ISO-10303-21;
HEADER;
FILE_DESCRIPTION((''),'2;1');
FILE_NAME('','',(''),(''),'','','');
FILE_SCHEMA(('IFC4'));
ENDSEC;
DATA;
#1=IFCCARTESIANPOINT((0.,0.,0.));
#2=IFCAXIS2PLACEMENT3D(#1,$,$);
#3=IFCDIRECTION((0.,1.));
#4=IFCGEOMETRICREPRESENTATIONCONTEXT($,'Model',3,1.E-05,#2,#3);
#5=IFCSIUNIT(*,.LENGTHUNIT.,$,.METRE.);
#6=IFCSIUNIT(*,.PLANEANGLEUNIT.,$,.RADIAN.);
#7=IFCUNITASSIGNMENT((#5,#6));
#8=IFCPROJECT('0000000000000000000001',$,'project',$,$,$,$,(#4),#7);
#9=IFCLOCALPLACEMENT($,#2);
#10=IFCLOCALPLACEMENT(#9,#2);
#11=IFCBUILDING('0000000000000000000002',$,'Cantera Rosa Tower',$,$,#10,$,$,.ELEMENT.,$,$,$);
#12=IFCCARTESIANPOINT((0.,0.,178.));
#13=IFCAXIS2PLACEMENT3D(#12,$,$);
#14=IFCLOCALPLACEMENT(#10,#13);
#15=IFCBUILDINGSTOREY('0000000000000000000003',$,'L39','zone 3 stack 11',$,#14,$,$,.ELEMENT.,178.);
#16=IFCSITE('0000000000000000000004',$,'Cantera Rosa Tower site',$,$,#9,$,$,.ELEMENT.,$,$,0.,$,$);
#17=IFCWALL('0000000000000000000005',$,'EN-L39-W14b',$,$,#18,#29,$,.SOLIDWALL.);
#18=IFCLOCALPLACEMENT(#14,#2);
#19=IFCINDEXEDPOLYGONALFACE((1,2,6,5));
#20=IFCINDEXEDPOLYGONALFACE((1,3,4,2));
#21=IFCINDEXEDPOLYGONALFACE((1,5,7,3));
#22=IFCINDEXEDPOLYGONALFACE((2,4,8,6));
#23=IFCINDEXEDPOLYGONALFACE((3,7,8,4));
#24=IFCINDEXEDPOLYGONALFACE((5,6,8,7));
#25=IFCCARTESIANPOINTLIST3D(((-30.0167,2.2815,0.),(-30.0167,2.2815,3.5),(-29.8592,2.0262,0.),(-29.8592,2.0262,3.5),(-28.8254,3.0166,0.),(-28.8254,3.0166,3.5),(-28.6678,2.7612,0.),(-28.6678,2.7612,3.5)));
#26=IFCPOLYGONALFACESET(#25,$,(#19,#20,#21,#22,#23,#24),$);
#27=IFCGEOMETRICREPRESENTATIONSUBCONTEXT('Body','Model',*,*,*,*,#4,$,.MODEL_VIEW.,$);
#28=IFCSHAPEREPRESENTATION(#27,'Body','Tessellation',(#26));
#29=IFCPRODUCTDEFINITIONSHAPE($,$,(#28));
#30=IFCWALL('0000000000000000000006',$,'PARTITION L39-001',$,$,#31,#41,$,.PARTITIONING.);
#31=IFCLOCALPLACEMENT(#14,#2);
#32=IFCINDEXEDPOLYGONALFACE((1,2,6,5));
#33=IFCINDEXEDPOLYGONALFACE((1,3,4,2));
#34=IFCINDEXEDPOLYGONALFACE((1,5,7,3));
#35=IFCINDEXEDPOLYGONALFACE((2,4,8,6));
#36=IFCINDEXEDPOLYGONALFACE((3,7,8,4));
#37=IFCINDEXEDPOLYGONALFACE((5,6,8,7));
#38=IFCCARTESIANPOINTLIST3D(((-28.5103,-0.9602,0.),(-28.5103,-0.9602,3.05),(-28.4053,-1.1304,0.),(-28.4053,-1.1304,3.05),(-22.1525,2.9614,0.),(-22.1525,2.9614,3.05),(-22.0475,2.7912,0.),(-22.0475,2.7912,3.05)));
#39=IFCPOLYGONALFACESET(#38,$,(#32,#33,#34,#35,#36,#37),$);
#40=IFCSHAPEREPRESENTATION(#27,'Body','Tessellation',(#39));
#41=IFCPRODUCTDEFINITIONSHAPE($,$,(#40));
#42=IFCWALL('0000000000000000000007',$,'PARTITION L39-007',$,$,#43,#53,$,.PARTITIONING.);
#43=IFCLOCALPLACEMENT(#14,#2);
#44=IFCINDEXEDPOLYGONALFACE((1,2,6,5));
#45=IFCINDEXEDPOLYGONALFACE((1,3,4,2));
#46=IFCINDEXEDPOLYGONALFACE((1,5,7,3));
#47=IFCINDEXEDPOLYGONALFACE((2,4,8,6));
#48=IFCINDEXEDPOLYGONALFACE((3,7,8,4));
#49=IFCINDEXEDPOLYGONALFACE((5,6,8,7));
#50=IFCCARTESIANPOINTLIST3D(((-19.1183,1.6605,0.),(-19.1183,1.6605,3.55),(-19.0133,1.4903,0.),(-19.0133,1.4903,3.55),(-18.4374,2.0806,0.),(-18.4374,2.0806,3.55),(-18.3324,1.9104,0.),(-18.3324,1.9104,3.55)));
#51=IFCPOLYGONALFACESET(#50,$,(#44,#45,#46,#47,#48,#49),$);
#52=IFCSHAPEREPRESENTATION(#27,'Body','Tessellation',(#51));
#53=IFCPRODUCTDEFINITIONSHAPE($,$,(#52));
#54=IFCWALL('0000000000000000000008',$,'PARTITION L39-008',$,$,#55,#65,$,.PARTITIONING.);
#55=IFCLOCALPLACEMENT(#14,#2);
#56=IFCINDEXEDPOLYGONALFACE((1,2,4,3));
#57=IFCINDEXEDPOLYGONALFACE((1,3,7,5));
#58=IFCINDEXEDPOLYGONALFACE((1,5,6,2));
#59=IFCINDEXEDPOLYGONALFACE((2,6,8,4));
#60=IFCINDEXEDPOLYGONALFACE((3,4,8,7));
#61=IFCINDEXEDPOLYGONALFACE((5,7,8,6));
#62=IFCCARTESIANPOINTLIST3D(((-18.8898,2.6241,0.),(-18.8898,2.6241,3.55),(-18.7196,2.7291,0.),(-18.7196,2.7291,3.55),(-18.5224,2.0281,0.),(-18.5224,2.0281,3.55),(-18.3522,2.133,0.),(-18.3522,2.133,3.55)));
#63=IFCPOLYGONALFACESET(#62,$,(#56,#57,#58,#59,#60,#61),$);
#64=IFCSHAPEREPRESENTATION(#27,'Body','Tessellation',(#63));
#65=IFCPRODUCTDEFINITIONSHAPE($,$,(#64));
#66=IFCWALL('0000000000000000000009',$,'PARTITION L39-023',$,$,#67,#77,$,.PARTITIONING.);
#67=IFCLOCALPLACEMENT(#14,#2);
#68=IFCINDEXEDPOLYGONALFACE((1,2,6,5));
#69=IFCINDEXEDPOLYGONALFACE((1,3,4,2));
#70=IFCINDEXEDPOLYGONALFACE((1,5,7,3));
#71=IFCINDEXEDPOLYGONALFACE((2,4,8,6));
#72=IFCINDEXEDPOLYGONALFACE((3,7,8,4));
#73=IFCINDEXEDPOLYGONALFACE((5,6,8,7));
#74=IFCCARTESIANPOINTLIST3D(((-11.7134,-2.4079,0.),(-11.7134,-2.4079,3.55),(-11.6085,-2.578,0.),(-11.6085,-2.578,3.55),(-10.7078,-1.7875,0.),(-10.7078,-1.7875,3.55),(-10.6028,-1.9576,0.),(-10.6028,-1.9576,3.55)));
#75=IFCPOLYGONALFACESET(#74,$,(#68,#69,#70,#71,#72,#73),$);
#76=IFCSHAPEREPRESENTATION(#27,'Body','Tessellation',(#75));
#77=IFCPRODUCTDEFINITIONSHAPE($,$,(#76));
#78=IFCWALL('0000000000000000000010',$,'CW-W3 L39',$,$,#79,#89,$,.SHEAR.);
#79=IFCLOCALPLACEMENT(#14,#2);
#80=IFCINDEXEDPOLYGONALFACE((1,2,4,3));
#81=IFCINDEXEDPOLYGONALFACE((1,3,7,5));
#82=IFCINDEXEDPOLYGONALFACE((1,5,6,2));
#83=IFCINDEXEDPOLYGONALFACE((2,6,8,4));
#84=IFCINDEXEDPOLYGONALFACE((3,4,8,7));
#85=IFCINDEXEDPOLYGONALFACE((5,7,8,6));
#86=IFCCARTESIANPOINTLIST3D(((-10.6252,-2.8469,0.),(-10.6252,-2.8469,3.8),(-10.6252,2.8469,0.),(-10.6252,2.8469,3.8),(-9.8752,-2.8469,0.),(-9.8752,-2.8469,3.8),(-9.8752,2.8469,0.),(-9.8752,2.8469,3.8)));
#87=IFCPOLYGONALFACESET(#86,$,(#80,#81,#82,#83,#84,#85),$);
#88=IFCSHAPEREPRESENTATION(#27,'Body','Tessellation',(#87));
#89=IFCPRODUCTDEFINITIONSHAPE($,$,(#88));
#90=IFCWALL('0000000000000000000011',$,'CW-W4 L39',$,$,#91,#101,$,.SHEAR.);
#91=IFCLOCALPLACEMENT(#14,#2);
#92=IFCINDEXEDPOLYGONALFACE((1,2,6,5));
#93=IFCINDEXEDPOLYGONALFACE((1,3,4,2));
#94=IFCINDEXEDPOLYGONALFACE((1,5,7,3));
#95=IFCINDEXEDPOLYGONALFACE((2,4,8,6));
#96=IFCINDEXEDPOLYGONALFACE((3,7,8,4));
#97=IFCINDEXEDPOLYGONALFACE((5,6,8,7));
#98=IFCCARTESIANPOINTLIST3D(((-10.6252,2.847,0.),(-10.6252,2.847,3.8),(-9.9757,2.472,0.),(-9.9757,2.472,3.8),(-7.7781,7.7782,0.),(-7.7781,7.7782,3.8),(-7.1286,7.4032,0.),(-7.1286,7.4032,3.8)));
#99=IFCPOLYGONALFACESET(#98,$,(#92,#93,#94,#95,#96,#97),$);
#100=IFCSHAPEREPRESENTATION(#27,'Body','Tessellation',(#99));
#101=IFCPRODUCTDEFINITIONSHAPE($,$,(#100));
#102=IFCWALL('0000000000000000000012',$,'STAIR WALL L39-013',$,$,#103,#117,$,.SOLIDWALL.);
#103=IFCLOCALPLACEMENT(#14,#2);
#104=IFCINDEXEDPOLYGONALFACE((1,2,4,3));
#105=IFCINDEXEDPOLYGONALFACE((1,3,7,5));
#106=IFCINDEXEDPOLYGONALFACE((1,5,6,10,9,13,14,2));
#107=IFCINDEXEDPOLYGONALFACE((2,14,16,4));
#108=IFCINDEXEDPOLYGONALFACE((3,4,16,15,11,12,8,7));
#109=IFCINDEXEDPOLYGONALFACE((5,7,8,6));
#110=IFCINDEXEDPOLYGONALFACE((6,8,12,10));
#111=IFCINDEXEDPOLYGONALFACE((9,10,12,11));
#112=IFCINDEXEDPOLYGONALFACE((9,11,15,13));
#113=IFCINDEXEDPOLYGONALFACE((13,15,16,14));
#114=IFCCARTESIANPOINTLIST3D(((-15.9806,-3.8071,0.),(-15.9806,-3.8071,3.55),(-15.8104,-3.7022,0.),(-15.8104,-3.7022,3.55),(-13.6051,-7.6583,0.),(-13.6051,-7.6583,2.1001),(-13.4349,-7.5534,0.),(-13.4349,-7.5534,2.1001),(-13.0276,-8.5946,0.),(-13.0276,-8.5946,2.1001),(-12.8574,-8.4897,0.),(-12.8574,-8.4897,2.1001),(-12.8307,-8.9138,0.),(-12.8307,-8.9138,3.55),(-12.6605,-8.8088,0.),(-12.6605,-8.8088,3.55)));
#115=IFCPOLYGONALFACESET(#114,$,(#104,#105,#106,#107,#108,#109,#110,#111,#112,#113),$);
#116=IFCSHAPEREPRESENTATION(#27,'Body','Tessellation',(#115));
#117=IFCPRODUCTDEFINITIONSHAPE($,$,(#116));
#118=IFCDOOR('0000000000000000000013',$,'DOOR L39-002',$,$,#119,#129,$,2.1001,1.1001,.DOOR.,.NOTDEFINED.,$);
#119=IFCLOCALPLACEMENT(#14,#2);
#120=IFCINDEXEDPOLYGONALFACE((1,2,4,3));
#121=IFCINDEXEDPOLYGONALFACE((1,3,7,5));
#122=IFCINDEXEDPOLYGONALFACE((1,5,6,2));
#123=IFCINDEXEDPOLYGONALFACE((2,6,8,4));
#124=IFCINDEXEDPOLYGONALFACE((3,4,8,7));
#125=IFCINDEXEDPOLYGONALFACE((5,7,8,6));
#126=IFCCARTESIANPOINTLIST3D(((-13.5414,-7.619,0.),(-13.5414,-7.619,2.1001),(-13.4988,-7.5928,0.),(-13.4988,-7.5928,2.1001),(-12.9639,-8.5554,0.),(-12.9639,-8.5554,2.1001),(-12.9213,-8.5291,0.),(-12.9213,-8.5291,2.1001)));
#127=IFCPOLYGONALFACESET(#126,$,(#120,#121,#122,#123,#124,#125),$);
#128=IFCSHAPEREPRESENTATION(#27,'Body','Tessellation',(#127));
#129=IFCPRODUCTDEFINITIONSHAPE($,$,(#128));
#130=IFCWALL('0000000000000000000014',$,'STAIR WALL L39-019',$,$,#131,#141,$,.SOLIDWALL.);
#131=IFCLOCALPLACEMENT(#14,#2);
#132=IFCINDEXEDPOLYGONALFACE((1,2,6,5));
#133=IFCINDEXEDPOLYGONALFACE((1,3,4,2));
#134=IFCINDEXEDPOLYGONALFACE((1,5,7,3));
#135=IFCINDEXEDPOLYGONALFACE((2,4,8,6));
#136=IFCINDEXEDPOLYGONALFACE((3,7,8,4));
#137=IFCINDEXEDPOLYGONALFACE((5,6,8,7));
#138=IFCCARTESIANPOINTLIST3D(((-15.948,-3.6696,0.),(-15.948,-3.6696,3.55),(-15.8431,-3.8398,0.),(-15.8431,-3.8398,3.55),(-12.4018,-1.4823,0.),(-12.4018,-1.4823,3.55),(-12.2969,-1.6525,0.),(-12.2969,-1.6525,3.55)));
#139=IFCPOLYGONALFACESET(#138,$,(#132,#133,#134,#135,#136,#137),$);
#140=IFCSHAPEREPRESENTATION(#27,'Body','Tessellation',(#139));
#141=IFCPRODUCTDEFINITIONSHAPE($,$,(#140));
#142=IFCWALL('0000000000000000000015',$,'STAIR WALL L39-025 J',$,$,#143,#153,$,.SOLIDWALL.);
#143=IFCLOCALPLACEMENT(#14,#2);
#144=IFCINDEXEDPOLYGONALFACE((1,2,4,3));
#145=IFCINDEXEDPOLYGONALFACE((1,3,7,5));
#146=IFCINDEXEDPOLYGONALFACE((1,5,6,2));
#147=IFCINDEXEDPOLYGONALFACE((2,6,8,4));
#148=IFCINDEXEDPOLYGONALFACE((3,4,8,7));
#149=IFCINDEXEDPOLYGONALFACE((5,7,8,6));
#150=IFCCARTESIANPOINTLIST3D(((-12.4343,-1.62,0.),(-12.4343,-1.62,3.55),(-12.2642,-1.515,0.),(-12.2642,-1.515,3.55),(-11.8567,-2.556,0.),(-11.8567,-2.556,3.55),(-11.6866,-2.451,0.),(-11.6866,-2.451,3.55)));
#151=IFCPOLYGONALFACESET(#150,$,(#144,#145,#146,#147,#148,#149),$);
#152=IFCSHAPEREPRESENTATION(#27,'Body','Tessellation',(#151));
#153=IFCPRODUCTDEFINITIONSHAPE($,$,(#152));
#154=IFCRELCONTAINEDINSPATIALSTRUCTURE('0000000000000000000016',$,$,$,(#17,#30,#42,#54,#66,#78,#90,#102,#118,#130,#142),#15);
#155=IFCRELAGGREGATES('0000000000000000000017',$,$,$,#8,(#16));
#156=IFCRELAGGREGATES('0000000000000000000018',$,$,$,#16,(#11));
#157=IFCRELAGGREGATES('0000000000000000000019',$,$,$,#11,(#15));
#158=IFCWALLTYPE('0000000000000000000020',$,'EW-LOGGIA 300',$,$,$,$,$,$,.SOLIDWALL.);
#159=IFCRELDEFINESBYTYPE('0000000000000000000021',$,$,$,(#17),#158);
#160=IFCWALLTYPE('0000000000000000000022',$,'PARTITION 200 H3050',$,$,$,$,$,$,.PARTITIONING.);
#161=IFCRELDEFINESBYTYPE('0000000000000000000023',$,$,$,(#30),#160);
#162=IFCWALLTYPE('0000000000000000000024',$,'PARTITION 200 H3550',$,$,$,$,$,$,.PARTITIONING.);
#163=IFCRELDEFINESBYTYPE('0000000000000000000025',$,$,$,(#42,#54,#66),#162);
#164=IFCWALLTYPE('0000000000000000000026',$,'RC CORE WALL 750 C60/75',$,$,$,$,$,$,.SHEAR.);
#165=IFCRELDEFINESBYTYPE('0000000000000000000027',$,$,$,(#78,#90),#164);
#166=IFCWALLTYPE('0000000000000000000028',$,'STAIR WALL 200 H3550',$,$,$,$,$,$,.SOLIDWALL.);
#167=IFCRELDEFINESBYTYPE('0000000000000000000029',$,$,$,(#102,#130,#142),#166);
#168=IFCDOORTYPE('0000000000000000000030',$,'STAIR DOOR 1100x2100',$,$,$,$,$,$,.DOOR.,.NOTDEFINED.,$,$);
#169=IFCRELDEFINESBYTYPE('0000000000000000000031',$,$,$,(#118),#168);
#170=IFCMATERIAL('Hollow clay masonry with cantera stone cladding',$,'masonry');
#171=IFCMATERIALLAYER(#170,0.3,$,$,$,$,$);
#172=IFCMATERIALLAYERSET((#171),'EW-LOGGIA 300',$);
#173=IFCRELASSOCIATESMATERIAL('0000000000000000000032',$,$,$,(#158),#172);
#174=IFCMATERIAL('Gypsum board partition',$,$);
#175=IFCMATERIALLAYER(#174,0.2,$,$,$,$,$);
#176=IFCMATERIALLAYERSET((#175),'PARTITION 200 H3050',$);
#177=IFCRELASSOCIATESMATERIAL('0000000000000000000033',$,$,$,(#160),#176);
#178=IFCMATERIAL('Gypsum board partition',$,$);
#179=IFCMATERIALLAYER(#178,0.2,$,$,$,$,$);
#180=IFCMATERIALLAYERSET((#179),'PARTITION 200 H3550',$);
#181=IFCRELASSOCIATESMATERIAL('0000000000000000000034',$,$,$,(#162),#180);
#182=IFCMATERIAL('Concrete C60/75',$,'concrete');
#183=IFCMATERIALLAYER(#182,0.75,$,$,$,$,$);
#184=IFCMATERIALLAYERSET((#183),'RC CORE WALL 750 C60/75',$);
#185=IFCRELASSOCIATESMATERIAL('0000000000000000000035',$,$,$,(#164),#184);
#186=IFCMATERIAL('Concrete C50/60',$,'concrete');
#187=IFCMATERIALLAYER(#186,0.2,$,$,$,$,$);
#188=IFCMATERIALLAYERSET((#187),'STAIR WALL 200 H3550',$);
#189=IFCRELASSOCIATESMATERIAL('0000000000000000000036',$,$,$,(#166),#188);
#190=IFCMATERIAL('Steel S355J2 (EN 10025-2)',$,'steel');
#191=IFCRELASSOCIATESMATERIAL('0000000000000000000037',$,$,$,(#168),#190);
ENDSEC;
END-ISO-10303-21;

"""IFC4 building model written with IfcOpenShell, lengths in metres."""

from ifc_helpers import new_model, si_unit, direction, frame, frame_2d, origin, place, context, subcontext, project, spatial, rectangle, extrude, material, layer, layer_set, type_object, element, fill, save


model = new_model("IFC4")

# Units and contexts
model_context = context("Model", 3, precision=1e-05, world=origin(), true_north=direction((0.0, 1.0)))
body_context = subcontext(model_context, "Body", "Model", "MODEL_VIEW")
ifc_project = project(units=[si_unit("LENGTHUNIT", "METRE"), si_unit("PLANEANGLEUNIT", "RADIAN")], contexts=[model_context])

# Site, building, storey
site_placement = place(None, origin())
site = spatial("IfcSite", under=ifc_project, at=site_placement, Name="Cantera Rosa Tower site", CompositionType="ELEMENT", RefElevation=0.0)
building_placement = place(site_placement, origin())
building = spatial("IfcBuilding", under=site, at=building_placement, Name="Cantera Rosa Tower", CompositionType="ELEMENT")
storey_placement = place(building_placement, frame((0.0, 0.0, 178.0)))
storey = spatial("IfcBuildingStorey", under=building, at=storey_placement, Name="L39", Description="zone 3 stack 11", CompositionType="ELEMENT", Elevation=178.0)

# Wall
ifc_material_1 = material(Name="Hollow clay masonry with cantera stone cladding", Category="masonry")
ifc_layer_1 = layer(ifc_material_1, 0.3)
ifc_layer_set_1 = layer_set([ifc_layer_1], Name="EW-LOGGIA 300")
wall_type_1 = type_object("IfcWallType", Name="EW-LOGGIA 300", PredefinedType="SOLIDWALL", material=ifc_layer_set_1)
wall_1_placement = place(storey_placement, frame((-28.7466, 2.8889, 0.0), z_axis=(0.0, 0.0, 1.0), x_axis=(-0.851041, -0.525099, 0.0)))
element("IfcWall", 1, at=wall_1_placement, inside=storey, type_object=wall_type_1, Name="EN-L39-W14b", PredefinedType="SOLIDWALL", context=body_context, shape_type="SweptSolid", body=[
    extrude(rectangle(XDim=1.3999, YDim=0.3, at=frame_2d((0.7, 0.0))), origin(), (0.0, 0.0, 1.0), 3.5),
])

# Walls
ifc_material_2 = material(Name="Gypsum board partition")
ifc_layer_2 = layer(ifc_material_2, 0.2)
ifc_layer_set_2 = layer_set([ifc_layer_2], Name="PARTITION 200 H3050")
wall_type_2 = type_object("IfcWallType", Name="PARTITION 200 H3050", PredefinedType="PARTITIONING", material=ifc_layer_set_2)
wall_2_placement = place(storey_placement, frame((-22.1001, 2.8762, 0.0), z_axis=(0.0, 0.0, 1.0), x_axis=(-0.851116, -0.524978, 0.0)))
element("IfcWall", 2, at=wall_2_placement, inside=storey, type_object=wall_type_2, Name="PARTITION L39-001", PredefinedType="PARTITIONING", context=body_context, shape_type="SweptSolid", body=[
    extrude(rectangle(XDim=7.47, YDim=0.2, at=frame_2d((3.7349, 0.0))), origin(), (0.0, 0.0, 1.0), 3.05),
])
ifc_material_3 = material(Name="Gypsum board partition")
ifc_layer_3 = layer(ifc_material_3, 0.2)
ifc_layer_set_3 = layer_set([ifc_layer_3], Name="PARTITION 200 H3550")
wall_type_3 = type_object("IfcWallType", Name="PARTITION 200 H3550", PredefinedType="PARTITIONING", material=ifc_layer_set_3)
wall_3_placement = place(storey_placement, frame((-19.0657, 1.5754, 0.0), z_axis=(0.0, 0.0, 1.0), x_axis=(0.851019, 0.525136, 0.0)))
element("IfcWall", 3, at=wall_3_placement, inside=storey, type_object=wall_type_3, Name="PARTITION L39-007", PredefinedType="PARTITIONING", context=body_context, shape_type="SweptSolid", body=[
    extrude(rectangle(XDim=0.8, YDim=0.2, at=frame_2d((0.3999, 0.0))), origin(), (0.0, 0.0, 1.0), 3.55),
])
wall_4_placement = place(storey_placement, frame((-18.4373, 2.0806, 0.0), z_axis=(0.0, 0.0, 1.0), x_axis=(-0.524817, 0.851215, 0.0)))
element("IfcWall", 4, at=wall_4_placement, inside=storey, type_object=wall_type_3, Name="PARTITION L39-008", PredefinedType="PARTITIONING", context=body_context, shape_type="SweptSolid", body=[
    extrude(rectangle(XDim=0.7002, YDim=0.2, at=frame_2d((0.3501, 0.0))), origin(), (0.0, 0.0, 1.0), 3.55),
])
wall_5_placement = place(storey_placement, frame((-10.6553, -1.8726, 0.0), z_axis=(0.0, 0.0, 1.0), x_axis=(-0.851083, -0.525031, 0.0)))
element("IfcWall", 5, at=wall_5_placement, inside=storey, type_object=wall_type_3, Name="PARTITION L39-023", PredefinedType="PARTITIONING", context=body_context, shape_type="SweptSolid", body=[
    extrude(rectangle(XDim=1.1816, YDim=0.2, at=frame_2d((0.5908, 0.0))), origin(), (0.0, 0.0, 1.0), 3.55),
])
ifc_material_4 = material(Name="Concrete C60/75", Category="concrete")
ifc_layer_4 = layer(ifc_material_4, 0.75)
ifc_layer_set_4 = layer_set([ifc_layer_4], Name="RC CORE WALL 750 C60/75")
wall_type_4 = type_object("IfcWallType", Name="RC CORE WALL 750 C60/75", PredefinedType="SHEAR", material=ifc_layer_set_4)
wall_6_placement = place(storey_placement, frame((-10.2502, -2.8469, 0.0), z_axis=(0.0, 0.0, 1.0), x_axis=(0.0, 1.0, 0.0)))
element("IfcWall", 6, at=wall_6_placement, inside=storey, type_object=wall_type_4, Name="CW-W3 L39", PredefinedType="SHEAR", context=body_context, shape_type="SweptSolid", body=[
    extrude(rectangle(XDim=5.6938, YDim=0.75, at=frame_2d((2.8469, 0.0))), origin(), (0.0, 0.0, 1.0), 3.8),
])
wall_7_placement = place(storey_placement, frame((-10.3005, 2.6594, 0.0), z_axis=(0.0, 0.0, 1.0), x_axis=(0.500022, 0.866013, 0.0)))
element("IfcWall", 7, at=wall_7_placement, inside=storey, type_object=wall_type_4, Name="CW-W4 L39", PredefinedType="SHEAR", context=body_context, shape_type="SweptSolid", body=[
    extrude(rectangle(XDim=5.6941, YDim=0.75, at=frame_2d((2.8472, 0.0))), origin(), (0.0, 0.0, 1.0), 3.8),
])

# Wall, opening, door
ifc_material_5 = material(Name="Concrete C50/60", Category="concrete")
ifc_layer_5 = layer(ifc_material_5, 0.2)
ifc_layer_set_5 = layer_set([ifc_layer_5], Name="STAIR WALL 200 H3550")
wall_type_5 = type_object("IfcWallType", Name="STAIR WALL 200 H3550", PredefinedType="SOLIDWALL", material=ifc_layer_set_5)
wall_8_placement = place(storey_placement, frame((-15.8955, -3.7546, 0.0), z_axis=(0.0, 0.0, 1.0), x_axis=(0.524983, -0.851113, 0.0)))
wall_8 = element("IfcWall", 8, at=wall_8_placement, inside=storey, type_object=wall_type_5, Name="STAIR WALL L39-013", PredefinedType="SOLIDWALL", context=body_context, shape_type="SweptSolid", body=[
    extrude(rectangle(XDim=6.0, YDim=0.2, at=frame_2d((3.0, 0.0))), origin(), (0.0, 0.0, 1.0), 3.55),
])
opening_1_placement = place(wall_8_placement, frame((4.5249, 0.0, 0.0)))
opening_1 = element("IfcOpeningElement", 9, at=opening_1_placement, cuts=wall_8, PredefinedType="OPENING", context=body_context, shape_type="SweptSolid", body=[
    extrude(rectangle(XDim=1.1001, YDim=2.1001, at=frame_2d((0.55, 1.05))), frame((0.0, 0.1099, 0.0), z_axis=(0.0, -1.0, 0.0), x_axis=(1.0, 0.0, 0.0)), (0.0, 0.0, 1.0), 0.22),
])
ifc_material_6 = material(Name="Steel S355J2 (EN 10025-2)", Category="steel")
door_type_1 = type_object("IfcDoorType", Name="STAIR DOOR 1100x2100", OperationType="NOTDEFINED", PredefinedType="DOOR", material=ifc_material_6)
door_1_placement = place(opening_1_placement, origin())
door_1 = element("IfcDoor", 10, at=door_1_placement, inside=storey, type_object=door_type_1, Name="DOOR L39-002", OperationType="NOTDEFINED", OverallHeight=2.1001, OverallWidth=1.1001, PredefinedType="DOOR", context=body_context, shape_type="SweptSolid", body=[
    extrude(rectangle(XDim=1.1001, YDim=2.1001, at=frame_2d((0.55, 1.05))), frame((0.0, 0.0249, 0.0), z_axis=(0.0, -1.0, 0.0), x_axis=(1.0, 0.0, 0.0)), (0.0, 0.0, 1.0), 0.05),
])
fill(opening_1, door_1)

# Walls
wall_9_placement = place(storey_placement, frame((-12.3494, -1.5674, 0.0), z_axis=(0.0, 0.0, 1.0), x_axis=(-0.851121, -0.52497, 0.0)))
element("IfcWall", 11, at=wall_9_placement, inside=storey, type_object=wall_type_5, Name="STAIR WALL L39-019", PredefinedType="SOLIDWALL", context=body_context, shape_type="SweptSolid", body=[
    extrude(rectangle(XDim=4.1665, YDim=0.2, at=frame_2d((2.0833, 0.0))), origin(), (0.0, 0.0, 1.0), 3.55),
])
wall_10_placement = place(storey_placement, frame((-11.7717, -2.5034, 0.0), z_axis=(0.0, 0.0, 1.0), x_axis=(-0.525162, 0.851002, 0.0)))
element("IfcWall", 12, at=wall_10_placement, inside=storey, type_object=wall_type_5, Name="STAIR WALL L39-025 J", PredefinedType="SOLIDWALL", context=body_context, shape_type="SweptSolid", body=[
    extrude(rectangle(XDim=1.0999, YDim=0.2, at=frame_2d((0.5498, 0.0))), origin(), (0.0, 0.0, 1.0), 3.55),
])

save(model, "model.ifc")
